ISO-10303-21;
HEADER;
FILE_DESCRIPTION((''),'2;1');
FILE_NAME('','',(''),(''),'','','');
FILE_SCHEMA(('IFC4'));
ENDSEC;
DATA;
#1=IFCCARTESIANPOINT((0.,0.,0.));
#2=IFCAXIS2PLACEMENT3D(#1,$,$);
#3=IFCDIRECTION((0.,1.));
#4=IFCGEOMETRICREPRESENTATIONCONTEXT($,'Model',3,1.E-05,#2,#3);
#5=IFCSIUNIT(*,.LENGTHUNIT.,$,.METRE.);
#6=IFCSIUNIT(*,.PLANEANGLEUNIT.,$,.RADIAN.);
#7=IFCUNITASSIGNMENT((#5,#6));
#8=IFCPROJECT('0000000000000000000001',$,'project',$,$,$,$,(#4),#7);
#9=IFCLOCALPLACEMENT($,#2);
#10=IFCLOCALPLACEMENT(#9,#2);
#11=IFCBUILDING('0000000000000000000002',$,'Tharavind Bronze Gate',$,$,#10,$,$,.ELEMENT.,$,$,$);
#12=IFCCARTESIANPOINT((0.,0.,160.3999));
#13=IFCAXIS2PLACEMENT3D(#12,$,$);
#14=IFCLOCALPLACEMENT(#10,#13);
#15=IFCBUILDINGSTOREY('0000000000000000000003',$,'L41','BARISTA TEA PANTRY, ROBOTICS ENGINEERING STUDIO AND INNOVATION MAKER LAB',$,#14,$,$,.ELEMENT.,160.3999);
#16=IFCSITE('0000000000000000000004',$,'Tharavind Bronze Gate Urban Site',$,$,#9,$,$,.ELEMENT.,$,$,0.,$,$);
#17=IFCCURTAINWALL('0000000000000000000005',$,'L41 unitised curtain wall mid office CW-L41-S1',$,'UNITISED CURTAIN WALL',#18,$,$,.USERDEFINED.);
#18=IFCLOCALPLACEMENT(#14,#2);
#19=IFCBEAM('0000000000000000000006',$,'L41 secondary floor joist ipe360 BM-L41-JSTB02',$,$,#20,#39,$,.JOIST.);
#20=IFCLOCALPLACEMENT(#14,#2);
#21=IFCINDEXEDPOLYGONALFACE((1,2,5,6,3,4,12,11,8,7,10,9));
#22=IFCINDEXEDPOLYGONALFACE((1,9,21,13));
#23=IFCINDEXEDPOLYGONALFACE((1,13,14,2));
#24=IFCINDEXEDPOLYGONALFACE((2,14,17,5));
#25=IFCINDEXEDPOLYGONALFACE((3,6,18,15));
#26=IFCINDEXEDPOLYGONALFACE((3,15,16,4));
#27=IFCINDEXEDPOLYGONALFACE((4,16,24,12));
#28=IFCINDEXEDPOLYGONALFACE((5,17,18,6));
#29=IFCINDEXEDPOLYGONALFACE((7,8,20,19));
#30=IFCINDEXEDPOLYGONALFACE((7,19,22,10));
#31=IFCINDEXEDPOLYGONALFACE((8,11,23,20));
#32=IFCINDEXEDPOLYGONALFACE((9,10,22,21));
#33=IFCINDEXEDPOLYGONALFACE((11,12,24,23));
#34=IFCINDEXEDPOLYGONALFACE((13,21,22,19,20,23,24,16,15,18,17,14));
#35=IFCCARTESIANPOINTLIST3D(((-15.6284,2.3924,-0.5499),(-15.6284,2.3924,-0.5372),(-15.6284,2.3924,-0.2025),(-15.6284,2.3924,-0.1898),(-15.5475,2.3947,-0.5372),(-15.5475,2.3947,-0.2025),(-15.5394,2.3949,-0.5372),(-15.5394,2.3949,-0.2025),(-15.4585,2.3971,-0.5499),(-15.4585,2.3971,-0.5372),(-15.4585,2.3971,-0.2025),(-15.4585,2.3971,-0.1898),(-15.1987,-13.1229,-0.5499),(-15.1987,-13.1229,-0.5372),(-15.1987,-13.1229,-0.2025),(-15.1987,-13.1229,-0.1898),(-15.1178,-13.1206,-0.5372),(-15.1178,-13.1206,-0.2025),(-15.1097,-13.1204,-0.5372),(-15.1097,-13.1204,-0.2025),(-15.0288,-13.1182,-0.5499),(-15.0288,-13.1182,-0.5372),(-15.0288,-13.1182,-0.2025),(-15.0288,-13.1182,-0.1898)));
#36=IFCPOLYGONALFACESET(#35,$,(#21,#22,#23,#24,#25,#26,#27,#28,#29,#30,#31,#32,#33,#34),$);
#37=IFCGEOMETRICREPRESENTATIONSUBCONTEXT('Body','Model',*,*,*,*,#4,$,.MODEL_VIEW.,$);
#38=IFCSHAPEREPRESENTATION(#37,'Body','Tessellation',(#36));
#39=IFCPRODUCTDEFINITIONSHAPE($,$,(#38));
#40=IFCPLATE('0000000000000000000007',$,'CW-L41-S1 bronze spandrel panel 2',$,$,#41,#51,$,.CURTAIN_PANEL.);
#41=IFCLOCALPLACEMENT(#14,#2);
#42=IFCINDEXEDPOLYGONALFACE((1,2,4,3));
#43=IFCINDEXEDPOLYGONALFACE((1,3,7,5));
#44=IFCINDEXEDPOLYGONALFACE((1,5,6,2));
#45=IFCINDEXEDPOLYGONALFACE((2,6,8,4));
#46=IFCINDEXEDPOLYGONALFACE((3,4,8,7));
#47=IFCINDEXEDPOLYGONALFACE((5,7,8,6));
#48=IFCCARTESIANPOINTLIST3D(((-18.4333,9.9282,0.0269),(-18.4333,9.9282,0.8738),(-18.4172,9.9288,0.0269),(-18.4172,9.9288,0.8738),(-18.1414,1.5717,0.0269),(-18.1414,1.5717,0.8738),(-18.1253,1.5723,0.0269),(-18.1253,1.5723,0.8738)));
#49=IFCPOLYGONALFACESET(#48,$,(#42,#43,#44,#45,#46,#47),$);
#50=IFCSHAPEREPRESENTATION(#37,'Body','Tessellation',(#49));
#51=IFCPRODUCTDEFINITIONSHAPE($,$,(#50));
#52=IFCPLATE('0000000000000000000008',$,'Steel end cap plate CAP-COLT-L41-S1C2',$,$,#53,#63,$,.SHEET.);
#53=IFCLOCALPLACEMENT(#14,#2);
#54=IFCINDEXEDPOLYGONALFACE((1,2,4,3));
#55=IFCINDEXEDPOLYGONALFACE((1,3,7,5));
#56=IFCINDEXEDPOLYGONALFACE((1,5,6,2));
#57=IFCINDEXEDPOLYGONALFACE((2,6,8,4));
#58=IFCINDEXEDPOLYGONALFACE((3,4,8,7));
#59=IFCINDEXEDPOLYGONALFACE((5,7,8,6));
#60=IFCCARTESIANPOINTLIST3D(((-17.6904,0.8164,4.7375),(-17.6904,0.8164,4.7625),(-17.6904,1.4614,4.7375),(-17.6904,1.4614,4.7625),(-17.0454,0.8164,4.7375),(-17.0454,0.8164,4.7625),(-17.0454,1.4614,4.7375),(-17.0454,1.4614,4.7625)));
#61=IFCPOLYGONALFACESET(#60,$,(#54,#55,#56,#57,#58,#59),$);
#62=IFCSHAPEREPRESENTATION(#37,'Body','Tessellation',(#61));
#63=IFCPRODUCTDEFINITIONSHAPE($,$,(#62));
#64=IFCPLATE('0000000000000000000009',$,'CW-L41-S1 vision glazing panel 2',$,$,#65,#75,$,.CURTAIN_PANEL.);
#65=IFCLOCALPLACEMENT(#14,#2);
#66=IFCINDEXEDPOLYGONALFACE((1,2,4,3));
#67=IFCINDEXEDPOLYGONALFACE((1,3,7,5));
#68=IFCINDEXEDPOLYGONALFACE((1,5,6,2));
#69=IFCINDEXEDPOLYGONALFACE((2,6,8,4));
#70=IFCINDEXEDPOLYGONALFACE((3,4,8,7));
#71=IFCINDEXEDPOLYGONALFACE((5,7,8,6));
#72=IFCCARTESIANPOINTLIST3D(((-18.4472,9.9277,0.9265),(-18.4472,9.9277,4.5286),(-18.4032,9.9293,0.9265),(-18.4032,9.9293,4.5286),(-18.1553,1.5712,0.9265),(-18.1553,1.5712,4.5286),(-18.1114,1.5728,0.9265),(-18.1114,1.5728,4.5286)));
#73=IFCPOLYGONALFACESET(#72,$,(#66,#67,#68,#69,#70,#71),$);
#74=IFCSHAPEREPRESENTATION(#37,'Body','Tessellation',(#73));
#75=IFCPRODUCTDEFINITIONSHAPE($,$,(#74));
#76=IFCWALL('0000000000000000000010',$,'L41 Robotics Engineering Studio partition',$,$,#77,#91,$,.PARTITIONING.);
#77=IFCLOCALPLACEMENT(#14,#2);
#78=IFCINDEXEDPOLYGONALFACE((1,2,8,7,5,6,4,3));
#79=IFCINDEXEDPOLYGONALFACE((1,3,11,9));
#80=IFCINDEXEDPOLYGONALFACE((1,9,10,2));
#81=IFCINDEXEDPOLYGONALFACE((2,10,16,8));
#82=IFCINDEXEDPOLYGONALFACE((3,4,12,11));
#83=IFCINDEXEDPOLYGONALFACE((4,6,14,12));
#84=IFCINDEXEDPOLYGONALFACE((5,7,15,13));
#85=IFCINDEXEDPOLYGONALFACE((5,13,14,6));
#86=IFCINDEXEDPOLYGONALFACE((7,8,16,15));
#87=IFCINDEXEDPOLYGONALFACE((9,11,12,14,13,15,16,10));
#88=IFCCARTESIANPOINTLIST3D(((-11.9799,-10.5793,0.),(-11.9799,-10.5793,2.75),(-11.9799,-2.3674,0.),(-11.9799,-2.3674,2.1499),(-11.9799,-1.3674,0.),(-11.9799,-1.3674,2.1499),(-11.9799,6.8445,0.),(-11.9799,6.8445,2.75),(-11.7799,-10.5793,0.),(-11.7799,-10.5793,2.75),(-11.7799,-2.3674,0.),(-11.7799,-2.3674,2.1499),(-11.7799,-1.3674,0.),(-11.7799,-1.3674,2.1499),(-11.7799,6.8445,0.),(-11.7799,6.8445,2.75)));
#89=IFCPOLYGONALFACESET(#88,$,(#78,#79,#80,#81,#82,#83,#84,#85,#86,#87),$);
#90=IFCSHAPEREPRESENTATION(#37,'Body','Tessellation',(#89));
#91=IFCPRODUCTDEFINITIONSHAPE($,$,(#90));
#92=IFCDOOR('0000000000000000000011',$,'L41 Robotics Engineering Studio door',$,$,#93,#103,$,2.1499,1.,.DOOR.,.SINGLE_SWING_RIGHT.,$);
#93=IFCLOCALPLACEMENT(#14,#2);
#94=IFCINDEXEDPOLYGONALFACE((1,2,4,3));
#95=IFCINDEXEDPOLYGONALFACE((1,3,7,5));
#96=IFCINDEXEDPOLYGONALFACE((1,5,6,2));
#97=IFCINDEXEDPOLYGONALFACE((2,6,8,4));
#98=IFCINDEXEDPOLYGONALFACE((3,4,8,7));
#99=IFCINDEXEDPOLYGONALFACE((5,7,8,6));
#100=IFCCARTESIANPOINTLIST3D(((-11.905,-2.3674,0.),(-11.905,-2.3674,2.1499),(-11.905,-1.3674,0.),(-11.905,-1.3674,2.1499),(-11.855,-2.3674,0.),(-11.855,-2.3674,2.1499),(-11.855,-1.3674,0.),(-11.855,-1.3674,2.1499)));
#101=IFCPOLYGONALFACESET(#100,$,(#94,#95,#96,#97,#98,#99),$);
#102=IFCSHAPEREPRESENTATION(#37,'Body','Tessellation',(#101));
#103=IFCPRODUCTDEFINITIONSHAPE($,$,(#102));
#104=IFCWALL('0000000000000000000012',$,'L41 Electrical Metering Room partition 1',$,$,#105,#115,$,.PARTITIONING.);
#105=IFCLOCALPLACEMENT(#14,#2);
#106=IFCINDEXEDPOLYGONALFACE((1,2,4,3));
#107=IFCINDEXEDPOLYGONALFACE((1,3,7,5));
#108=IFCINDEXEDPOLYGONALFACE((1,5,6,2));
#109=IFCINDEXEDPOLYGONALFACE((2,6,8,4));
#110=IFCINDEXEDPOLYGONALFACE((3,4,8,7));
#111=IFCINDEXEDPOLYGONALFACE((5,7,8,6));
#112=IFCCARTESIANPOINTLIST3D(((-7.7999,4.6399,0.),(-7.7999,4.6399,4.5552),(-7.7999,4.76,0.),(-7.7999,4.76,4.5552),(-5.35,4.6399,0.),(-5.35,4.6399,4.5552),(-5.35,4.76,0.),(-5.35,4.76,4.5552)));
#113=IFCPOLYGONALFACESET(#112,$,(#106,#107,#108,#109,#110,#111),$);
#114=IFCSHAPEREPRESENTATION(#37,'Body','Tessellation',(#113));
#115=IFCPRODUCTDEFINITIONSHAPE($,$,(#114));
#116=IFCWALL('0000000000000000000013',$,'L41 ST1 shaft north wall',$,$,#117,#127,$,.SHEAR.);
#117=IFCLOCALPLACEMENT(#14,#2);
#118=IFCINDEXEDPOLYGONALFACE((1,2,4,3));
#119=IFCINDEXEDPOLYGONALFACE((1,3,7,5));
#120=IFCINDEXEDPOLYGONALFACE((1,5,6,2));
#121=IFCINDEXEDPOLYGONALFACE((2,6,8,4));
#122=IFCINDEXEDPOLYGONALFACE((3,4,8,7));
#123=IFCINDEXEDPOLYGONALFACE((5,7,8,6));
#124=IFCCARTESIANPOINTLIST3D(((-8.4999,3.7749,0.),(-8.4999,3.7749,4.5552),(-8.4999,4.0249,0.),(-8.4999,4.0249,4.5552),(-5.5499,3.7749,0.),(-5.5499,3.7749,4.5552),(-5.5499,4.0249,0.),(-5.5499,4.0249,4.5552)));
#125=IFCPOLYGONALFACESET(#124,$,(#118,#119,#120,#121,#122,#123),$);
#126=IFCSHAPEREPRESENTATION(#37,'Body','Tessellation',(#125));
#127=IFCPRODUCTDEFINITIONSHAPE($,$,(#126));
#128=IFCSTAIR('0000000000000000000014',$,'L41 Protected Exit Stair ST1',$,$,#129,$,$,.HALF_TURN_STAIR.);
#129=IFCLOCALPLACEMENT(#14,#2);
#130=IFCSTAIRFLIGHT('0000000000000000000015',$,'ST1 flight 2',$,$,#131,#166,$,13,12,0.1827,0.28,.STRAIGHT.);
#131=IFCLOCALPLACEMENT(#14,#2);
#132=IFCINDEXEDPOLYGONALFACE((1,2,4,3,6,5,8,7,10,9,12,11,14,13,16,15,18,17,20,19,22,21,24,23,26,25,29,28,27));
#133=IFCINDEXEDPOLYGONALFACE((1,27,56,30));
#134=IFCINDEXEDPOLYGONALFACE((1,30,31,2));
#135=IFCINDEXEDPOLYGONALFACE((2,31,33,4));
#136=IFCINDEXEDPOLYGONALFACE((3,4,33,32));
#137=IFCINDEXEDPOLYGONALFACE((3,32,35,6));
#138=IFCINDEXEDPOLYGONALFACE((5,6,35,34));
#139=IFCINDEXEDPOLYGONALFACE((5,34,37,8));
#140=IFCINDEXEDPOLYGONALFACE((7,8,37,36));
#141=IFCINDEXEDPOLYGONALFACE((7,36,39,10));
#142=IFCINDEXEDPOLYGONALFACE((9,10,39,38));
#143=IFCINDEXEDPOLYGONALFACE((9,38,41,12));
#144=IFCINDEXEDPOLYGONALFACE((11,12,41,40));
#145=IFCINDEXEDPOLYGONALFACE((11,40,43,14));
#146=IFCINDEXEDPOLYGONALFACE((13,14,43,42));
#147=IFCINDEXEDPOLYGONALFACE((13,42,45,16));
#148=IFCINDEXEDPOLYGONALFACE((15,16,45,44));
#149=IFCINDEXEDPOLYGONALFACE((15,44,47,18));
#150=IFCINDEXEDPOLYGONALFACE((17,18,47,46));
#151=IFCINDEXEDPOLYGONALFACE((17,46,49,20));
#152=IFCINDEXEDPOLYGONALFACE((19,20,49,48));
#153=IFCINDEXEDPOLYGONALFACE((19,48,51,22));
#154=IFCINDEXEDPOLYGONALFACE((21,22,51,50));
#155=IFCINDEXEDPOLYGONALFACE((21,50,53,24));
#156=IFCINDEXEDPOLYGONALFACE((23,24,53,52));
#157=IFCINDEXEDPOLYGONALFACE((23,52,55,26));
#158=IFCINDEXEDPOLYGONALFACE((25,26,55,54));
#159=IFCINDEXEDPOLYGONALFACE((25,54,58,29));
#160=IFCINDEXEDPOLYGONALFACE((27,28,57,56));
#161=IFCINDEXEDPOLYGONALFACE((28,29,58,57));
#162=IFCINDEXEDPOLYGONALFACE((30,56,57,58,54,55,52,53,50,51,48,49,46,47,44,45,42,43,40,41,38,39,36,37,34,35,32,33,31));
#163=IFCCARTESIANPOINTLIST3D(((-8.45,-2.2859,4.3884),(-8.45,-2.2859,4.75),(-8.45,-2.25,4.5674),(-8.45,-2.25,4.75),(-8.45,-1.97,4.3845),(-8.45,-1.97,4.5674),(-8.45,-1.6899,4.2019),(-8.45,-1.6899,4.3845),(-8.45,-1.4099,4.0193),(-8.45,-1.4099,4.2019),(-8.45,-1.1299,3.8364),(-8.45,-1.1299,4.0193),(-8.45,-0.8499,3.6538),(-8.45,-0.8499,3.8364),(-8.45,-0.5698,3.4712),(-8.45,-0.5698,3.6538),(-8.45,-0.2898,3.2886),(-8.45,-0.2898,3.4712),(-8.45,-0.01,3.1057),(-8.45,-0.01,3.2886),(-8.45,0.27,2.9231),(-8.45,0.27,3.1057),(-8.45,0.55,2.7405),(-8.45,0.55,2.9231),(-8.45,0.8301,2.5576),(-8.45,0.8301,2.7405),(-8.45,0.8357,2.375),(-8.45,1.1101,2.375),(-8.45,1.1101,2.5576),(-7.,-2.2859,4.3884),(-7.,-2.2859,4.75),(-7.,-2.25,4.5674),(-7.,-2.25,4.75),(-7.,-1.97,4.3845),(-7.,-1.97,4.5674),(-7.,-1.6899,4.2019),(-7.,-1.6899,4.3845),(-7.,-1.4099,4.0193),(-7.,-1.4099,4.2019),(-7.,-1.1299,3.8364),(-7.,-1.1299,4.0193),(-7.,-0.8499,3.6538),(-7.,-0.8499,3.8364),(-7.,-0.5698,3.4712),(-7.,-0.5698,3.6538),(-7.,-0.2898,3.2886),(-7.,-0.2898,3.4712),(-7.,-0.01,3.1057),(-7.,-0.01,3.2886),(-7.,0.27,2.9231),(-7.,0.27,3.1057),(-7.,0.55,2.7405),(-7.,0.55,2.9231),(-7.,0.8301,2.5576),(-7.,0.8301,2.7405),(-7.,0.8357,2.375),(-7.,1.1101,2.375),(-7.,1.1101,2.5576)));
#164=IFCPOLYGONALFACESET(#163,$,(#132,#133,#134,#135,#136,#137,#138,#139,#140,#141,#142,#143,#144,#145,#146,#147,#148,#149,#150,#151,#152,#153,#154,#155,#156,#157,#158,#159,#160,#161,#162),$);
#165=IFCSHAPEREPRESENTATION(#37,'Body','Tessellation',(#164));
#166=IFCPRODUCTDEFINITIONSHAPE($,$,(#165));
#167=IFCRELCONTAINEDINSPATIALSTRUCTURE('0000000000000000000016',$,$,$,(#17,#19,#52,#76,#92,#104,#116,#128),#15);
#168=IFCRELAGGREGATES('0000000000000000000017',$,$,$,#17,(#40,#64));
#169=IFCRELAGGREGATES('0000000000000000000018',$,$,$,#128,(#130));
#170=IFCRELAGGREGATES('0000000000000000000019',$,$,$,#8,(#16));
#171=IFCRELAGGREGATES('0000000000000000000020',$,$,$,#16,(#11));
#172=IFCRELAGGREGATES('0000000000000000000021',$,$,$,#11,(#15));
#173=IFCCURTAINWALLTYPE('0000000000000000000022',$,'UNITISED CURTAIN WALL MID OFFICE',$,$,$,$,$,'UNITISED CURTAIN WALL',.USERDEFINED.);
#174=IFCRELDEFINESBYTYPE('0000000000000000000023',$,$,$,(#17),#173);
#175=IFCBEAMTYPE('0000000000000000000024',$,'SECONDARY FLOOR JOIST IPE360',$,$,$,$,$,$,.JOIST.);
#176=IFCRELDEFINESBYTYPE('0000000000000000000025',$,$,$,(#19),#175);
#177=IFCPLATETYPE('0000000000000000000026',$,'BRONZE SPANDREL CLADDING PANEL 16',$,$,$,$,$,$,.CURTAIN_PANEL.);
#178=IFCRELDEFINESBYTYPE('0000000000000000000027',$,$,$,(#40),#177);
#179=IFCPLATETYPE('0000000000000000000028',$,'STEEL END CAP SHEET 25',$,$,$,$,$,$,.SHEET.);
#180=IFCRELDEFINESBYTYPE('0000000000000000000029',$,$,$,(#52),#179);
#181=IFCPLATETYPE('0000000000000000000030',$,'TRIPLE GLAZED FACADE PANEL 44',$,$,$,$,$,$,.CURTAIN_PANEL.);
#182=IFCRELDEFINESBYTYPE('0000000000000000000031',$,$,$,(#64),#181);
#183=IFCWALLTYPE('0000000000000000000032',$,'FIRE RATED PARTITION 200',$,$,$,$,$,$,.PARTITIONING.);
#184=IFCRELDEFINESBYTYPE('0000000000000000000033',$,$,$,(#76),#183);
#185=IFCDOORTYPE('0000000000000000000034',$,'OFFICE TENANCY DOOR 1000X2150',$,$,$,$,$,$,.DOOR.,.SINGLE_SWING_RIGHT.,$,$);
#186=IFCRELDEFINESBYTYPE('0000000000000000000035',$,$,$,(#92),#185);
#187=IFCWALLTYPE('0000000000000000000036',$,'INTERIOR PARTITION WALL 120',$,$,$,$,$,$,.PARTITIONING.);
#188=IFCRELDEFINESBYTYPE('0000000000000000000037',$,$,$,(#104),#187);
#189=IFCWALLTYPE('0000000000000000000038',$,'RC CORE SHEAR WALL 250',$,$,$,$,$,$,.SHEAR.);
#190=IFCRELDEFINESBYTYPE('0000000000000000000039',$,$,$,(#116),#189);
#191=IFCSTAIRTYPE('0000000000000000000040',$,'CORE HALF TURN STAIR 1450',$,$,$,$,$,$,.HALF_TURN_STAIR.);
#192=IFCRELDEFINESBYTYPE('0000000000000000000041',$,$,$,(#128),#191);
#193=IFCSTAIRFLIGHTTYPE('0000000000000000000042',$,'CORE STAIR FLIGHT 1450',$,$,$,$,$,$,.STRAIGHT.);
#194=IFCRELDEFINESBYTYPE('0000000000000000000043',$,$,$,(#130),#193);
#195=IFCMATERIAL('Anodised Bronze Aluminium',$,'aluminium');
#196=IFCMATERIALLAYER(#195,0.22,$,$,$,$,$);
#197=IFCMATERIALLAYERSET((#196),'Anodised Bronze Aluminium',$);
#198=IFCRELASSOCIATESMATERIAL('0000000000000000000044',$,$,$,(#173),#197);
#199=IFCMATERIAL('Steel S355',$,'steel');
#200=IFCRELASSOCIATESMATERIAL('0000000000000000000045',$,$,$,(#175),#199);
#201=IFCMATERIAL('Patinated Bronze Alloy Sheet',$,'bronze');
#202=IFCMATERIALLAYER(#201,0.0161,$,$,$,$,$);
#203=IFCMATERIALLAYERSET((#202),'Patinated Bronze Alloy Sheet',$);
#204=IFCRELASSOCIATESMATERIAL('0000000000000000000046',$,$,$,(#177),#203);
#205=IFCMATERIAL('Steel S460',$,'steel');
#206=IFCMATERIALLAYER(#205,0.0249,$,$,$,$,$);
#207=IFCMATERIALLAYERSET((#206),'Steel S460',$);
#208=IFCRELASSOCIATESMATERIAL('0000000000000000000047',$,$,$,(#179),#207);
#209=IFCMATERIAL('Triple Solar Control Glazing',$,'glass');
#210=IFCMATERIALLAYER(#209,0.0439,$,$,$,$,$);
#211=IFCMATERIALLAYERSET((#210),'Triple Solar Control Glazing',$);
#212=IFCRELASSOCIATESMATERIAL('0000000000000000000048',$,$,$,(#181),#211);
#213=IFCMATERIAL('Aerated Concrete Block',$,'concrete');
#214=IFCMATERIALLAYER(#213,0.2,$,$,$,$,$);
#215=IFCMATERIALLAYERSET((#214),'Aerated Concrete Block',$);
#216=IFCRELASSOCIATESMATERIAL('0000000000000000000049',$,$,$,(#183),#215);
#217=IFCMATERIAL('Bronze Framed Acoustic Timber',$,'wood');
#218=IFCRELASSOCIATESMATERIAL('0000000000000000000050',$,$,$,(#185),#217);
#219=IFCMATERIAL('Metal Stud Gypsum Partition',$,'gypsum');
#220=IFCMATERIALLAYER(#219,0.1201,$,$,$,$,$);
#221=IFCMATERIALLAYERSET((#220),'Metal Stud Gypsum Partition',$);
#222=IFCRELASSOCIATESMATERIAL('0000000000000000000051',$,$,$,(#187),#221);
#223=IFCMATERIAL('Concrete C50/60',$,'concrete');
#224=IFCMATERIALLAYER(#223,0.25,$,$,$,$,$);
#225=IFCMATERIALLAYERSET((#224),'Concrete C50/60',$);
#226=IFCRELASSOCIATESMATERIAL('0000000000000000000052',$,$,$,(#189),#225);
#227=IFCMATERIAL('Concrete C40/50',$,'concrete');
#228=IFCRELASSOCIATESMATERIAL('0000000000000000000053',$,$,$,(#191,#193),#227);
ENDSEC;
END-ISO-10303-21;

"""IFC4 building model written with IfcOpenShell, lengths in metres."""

from ifc_helpers import new_model, si_unit, direction, frame, frame_2d, origin, origin_2d, place, context, subcontext, project, spatial, polyline, rectangle, i_section, outline, extrude, material, layer, layer_set, material_profile, profile_set, type_object, element, fill, aggregate, save


model = new_model("IFC4")

# Units and contexts
model_context = context("Model", 3, precision=1e-05, world=origin(), true_north=direction((0.0, 1.0)))
body_context = subcontext(model_context, "Body", "Model", "MODEL_VIEW")
ifc_project = project(units=[si_unit("LENGTHUNIT", "METRE"), si_unit("PLANEANGLEUNIT", "RADIAN")], contexts=[model_context])

# Site, building, storey
site_placement = place(None, origin())
site = spatial("IfcSite", under=ifc_project, at=site_placement, Name="Tharavind Bronze Gate Urban Site", CompositionType="ELEMENT", RefElevation=0.0)
building_placement = place(site_placement, origin())
building = spatial("IfcBuilding", under=site, at=building_placement, Name="Tharavind Bronze Gate", CompositionType="ELEMENT")
storey_placement = place(building_placement, frame((0.0, 0.0, 160.3999)))
storey = spatial("IfcBuildingStorey", under=building, at=storey_placement, Name="L41", Description="BARISTA TEA PANTRY, ROBOTICS ENGINEERING STUDIO AND INNOVATION MAKER LAB", CompositionType="ELEMENT", Elevation=160.3999)

# Shared definitions
ifc_material_1 = material(Name="Steel S460", Category="steel")

# Curtain wall
ifc_material_2 = material(Name="Anodised Bronze Aluminium", Category="aluminium")
ifc_layer_1 = layer(ifc_material_2, 0.22)
ifc_layer_set_1 = layer_set([ifc_layer_1], Name="Anodised Bronze Aluminium")
curtain_wall_type = type_object("IfcCurtainWallType", Name="UNITISED CURTAIN WALL MID OFFICE", ElementType="UNITISED CURTAIN WALL", PredefinedType="USERDEFINED", material=ifc_layer_set_1)
curtain_wall_placement = place(storey_placement, origin())
curtain_wall = element("IfcCurtainWall", 1, at=curtain_wall_placement, inside=storey, type_object=curtain_wall_type, Name="L41 unitised curtain wall mid office CW-L41-S1", ObjectType="UNITISED CURTAIN WALL", PredefinedType="USERDEFINED")

# Beam
ifc_material_3 = material(Name="Steel S355", Category="steel")
ifc_material_profile_1 = material_profile(ifc_material_3, i_section(OverallWidth=0.1699, OverallDepth=0.3601, WebThickness=0.0081, FlangeThickness=0.0127, at=origin_2d()), Name="IPE360")
ifc_profile_set_1 = profile_set([ifc_material_profile_1], Name="Steel S355")
beam_type_1 = type_object("IfcBeamType", Name="SECONDARY FLOOR JOIST IPE360", PredefinedType="JOIST", material=ifc_profile_set_1)
beam_1_placement = place(storey_placement, frame((-15.5435, 2.3948, -0.3699), z_axis=(0.027684, -0.999617, 0.0), x_axis=(0.999617, 0.027684, 0.0)))
element("IfcBeam", 2, at=beam_1_placement, inside=storey, type_object=beam_type_1, Name="L41 secondary floor joist ipe360 BM-L41-JSTB02", PredefinedType="JOIST", context=body_context, shape_type="SweptSolid", body=[
    extrude(i_section(OverallWidth=0.1699, OverallDepth=0.3601, WebThickness=0.0081, FlangeThickness=0.0127, at=origin_2d()), origin(), (0.0, 0.0, 1.0), 15.5212),
])

# Plates
ifc_material_4 = material(Name="Patinated Bronze Alloy Sheet", Category="bronze")
ifc_layer_2 = layer(ifc_material_4, 0.0161)
ifc_layer_set_2 = layer_set([ifc_layer_2], Name="Patinated Bronze Alloy Sheet")
plate_type_1 = type_object("IfcPlateType", Name="BRONZE SPANDREL CLADDING PANEL 16", PredefinedType="CURTAIN_PANEL", material=ifc_layer_set_2)
plate_1_placement = place(storey_placement, frame((-18.2793, 5.7502, 0.0269), z_axis=(0.0, 0.0, 1.0), x_axis=(0.034899, -0.999391, 0.0)))
plate_1 = element("IfcPlate", 3, at=plate_1_placement, type_object=plate_type_1, Name="CW-L41-S1 bronze spandrel panel 2", PredefinedType="CURTAIN_PANEL", context=body_context, shape_type="SweptSolid", body=[
    extrude(rectangle(XDim=8.3616, YDim=0.0161, at=origin_2d()), origin(), (0.0, 0.0, 1.0), 0.8469),
])
ifc_layer_3 = layer(ifc_material_1, 0.0249)
ifc_layer_set_3 = layer_set([ifc_layer_3], Name="Steel S460")
plate_type_2 = type_object("IfcPlateType", Name="STEEL END CAP SHEET 25", PredefinedType="SHEET", material=ifc_layer_set_3)
plate_2_placement = place(storey_placement, frame((-17.3679, 1.1389, 4.7375), z_axis=(0.0, 0.0, 1.0), x_axis=(1.0, 0.0, 0.0)))
element("IfcPlate", 4, at=plate_2_placement, inside=storey, type_object=plate_type_2, Name="Steel end cap plate CAP-COLT-L41-S1C2", PredefinedType="SHEET", context=body_context, shape_type="SweptSolid", body=[
    extrude(rectangle(XDim=0.645, YDim=0.645, at=origin_2d()), origin(), (0.0, 0.0, 1.0), 0.0249),
])
ifc_material_5 = material(Name="Triple Solar Control Glazing", Category="glass")
ifc_layer_4 = layer(ifc_material_5, 0.0439)
ifc_layer_set_4 = layer_set([ifc_layer_4], Name="Triple Solar Control Glazing")
plate_type_3 = type_object("IfcPlateType", Name="TRIPLE GLAZED FACADE PANEL 44", PredefinedType="CURTAIN_PANEL", material=ifc_layer_set_4)
plate_3_placement = place(storey_placement, frame((-18.2793, 5.7502, 0.9265), z_axis=(0.0, 0.0, 1.0), x_axis=(0.034899, -0.999391, 0.0)))
plate_3 = element("IfcPlate", 5, at=plate_3_placement, type_object=plate_type_3, Name="CW-L41-S1 vision glazing panel 2", PredefinedType="CURTAIN_PANEL", context=body_context, shape_type="SweptSolid", body=[
    extrude(rectangle(XDim=8.3616, YDim=0.0439, at=origin_2d()), origin(), (0.0, 0.0, 1.0), 3.6021),
])
aggregate(curtain_wall, [plate_1, plate_3])

# Wall, opening, door
ifc_material_6 = material(Name="Aerated Concrete Block", Category="concrete")
ifc_layer_5 = layer(ifc_material_6, 0.2)
ifc_layer_set_5 = layer_set([ifc_layer_5], Name="Aerated Concrete Block")
wall_type_1 = type_object("IfcWallType", Name="FIRE RATED PARTITION 200", PredefinedType="PARTITIONING", material=ifc_layer_set_5)
wall_1_placement = place(storey_placement, frame((-11.8799, 6.8445, 0.0), z_axis=(0.0, 0.0, 1.0), x_axis=(0.0, -1.0, 0.0)))
wall_1 = element("IfcWall", 6, at=wall_1_placement, inside=storey, type_object=wall_type_1, Name="L41 Robotics Engineering Studio partition", PredefinedType="PARTITIONING", context=body_context, shape_type="SweptSolid", body=[
    extrude(rectangle(XDim=17.4238, YDim=0.2, at=frame_2d((8.7119, 0.0))), origin(), (0.0, 0.0, 1.0), 2.75),
])
opening_placement = place(wall_1_placement, frame((8.2119, 0.0, 0.0)))
opening = element("IfcOpeningElement", 7, at=opening_placement, cuts=wall_1, PredefinedType="OPENING", context=body_context, shape_type="SweptSolid", body=[
    extrude(rectangle(XDim=1.0, YDim=2.1499, at=frame_2d((0.5, 1.075))), frame((0.0, 0.1101, 0.0), z_axis=(0.0, -1.0, 0.0), x_axis=(1.0, 0.0, 0.0)), (0.0, 0.0, 1.0), 0.22),
])
ifc_material_7 = material(Name="Bronze Framed Acoustic Timber", Category="wood")
door_type = type_object("IfcDoorType", Name="OFFICE TENANCY DOOR 1000X2150", OperationType="SINGLE_SWING_RIGHT", PredefinedType="DOOR", material=ifc_material_7)
door_placement = place(opening_placement, origin())
door = element("IfcDoor", 8, at=door_placement, inside=storey, type_object=door_type, Name="L41 Robotics Engineering Studio door", OperationType="SINGLE_SWING_RIGHT", OverallHeight=2.1499, OverallWidth=1.0, PredefinedType="DOOR", context=body_context, shape_type="SweptSolid", body=[
    extrude(rectangle(XDim=1.0, YDim=2.1499, at=frame_2d((0.5, 1.075))), frame((0.0, 0.0249, 0.0), z_axis=(0.0, -1.0, 0.0), x_axis=(1.0, 0.0, 0.0)), (0.0, 0.0, 1.0), 0.05),
])
fill(opening, door)

# Walls
ifc_material_8 = material(Name="Metal Stud Gypsum Partition", Category="gypsum")
ifc_layer_6 = layer(ifc_material_8, 0.1201)
ifc_layer_set_6 = layer_set([ifc_layer_6], Name="Metal Stud Gypsum Partition")
wall_type_2 = type_object("IfcWallType", Name="INTERIOR PARTITION WALL 120", PredefinedType="PARTITIONING", material=ifc_layer_set_6)
wall_2_placement = place(storey_placement, frame((-7.8, 4.7, 0.0), z_axis=(0.0, 0.0, 1.0), x_axis=(1.0, 0.0, 0.0)))
element("IfcWall", 9, at=wall_2_placement, inside=storey, type_object=wall_type_2, Name="L41 Electrical Metering Room partition 1", PredefinedType="PARTITIONING", context=body_context, shape_type="SweptSolid", body=[
    extrude(rectangle(XDim=2.45, YDim=0.1201, at=frame_2d((1.2251, 0.0))), origin(), (0.0, 0.0, 1.0), 4.5552),
])
ifc_material_9 = material(Name="Concrete C50/60", Category="concrete")
ifc_layer_7 = layer(ifc_material_9, 0.25)
ifc_layer_set_7 = layer_set([ifc_layer_7], Name="Concrete C50/60")
wall_type_3 = type_object("IfcWallType", Name="RC CORE SHEAR WALL 250", PredefinedType="SHEAR", material=ifc_layer_set_7)
wall_3_placement = place(storey_placement, frame((-8.5, 3.8999, 0.0), z_axis=(0.0, 0.0, 1.0), x_axis=(1.0, 0.0, 0.0)))
element("IfcWall", 10, at=wall_3_placement, inside=storey, type_object=wall_type_3, Name="L41 ST1 shaft north wall", PredefinedType="SHEAR", context=body_context, shape_type="SweptSolid", body=[
    extrude(rectangle(XDim=2.95, YDim=0.25, at=frame_2d((1.4751, 0.0))), origin(), (0.0, 0.0, 1.0), 4.5552),
])

# Stair, stair flight
ifc_material_10 = material(Name="Concrete C40/50", Category="concrete")
stair_type = type_object("IfcStairType", Name="CORE HALF TURN STAIR 1450", PredefinedType="HALF_TURN_STAIR", material=ifc_material_10)
stair_placement = place(storey_placement, origin())
stair = element("IfcStair", 11, at=stair_placement, inside=storey, type_object=stair_type, Name="L41 Protected Exit Stair ST1", PredefinedType="HALF_TURN_STAIR")
stair_flight_type = type_object("IfcStairFlightType", Name="CORE STAIR FLIGHT 1450", PredefinedType="STRAIGHT", material=ifc_material_10)
stair_flight_placement = place(storey_placement, frame((-7.7251, 1.1101, 2.375), z_axis=(0.0, 0.0, 1.0), x_axis=(0.0, -1.0, 0.0)))
stair_flight = element("IfcStairFlight", 12, at=stair_flight_placement, type_object=stair_flight_type, Name="ST1 flight 2", NumberOfRisers=13, NumberOfTreads=12, PredefinedType="STRAIGHT", RiserHeight=0.1827, TreadLength=0.28, context=body_context, shape_type="SweptSolid", body=[
    extrude(outline(polyline([(0.0, 0.0), (0.0, 0.1826), (0.28, 0.1826), (0.28, 0.3655), (0.5601, 0.3655), (0.5601, 0.5481), (0.8401, 0.5481), (0.8401, 0.7307), (1.1201, 0.7307), (1.1201, 0.9136), (1.3999, 0.9136), (1.3999, 1.0962), (1.6799, 1.0962), (1.6799, 1.2788), (1.96, 1.2788), (1.96, 1.4614), (2.24, 1.4614), (2.24, 1.6443), (2.52, 1.6443), (2.52, 1.8269), (2.8, 1.8269), (2.8, 2.0095), (3.0801, 2.0095), (3.0801, 2.1924), (3.3601, 2.1924), (3.3601, 2.375), (3.396, 2.375), (3.396, 2.0134), (0.2744, 0.0), (0.0, 0.0)])), frame((0.0, 0.7251, 0.0), z_axis=(0.0, -1.0, 0.0), x_axis=(1.0, 0.0, 0.0)), (0.0, 0.0, 1.0), 1.45),
])
aggregate(stair, [stair_flight])

save(model, "model.ifc")
